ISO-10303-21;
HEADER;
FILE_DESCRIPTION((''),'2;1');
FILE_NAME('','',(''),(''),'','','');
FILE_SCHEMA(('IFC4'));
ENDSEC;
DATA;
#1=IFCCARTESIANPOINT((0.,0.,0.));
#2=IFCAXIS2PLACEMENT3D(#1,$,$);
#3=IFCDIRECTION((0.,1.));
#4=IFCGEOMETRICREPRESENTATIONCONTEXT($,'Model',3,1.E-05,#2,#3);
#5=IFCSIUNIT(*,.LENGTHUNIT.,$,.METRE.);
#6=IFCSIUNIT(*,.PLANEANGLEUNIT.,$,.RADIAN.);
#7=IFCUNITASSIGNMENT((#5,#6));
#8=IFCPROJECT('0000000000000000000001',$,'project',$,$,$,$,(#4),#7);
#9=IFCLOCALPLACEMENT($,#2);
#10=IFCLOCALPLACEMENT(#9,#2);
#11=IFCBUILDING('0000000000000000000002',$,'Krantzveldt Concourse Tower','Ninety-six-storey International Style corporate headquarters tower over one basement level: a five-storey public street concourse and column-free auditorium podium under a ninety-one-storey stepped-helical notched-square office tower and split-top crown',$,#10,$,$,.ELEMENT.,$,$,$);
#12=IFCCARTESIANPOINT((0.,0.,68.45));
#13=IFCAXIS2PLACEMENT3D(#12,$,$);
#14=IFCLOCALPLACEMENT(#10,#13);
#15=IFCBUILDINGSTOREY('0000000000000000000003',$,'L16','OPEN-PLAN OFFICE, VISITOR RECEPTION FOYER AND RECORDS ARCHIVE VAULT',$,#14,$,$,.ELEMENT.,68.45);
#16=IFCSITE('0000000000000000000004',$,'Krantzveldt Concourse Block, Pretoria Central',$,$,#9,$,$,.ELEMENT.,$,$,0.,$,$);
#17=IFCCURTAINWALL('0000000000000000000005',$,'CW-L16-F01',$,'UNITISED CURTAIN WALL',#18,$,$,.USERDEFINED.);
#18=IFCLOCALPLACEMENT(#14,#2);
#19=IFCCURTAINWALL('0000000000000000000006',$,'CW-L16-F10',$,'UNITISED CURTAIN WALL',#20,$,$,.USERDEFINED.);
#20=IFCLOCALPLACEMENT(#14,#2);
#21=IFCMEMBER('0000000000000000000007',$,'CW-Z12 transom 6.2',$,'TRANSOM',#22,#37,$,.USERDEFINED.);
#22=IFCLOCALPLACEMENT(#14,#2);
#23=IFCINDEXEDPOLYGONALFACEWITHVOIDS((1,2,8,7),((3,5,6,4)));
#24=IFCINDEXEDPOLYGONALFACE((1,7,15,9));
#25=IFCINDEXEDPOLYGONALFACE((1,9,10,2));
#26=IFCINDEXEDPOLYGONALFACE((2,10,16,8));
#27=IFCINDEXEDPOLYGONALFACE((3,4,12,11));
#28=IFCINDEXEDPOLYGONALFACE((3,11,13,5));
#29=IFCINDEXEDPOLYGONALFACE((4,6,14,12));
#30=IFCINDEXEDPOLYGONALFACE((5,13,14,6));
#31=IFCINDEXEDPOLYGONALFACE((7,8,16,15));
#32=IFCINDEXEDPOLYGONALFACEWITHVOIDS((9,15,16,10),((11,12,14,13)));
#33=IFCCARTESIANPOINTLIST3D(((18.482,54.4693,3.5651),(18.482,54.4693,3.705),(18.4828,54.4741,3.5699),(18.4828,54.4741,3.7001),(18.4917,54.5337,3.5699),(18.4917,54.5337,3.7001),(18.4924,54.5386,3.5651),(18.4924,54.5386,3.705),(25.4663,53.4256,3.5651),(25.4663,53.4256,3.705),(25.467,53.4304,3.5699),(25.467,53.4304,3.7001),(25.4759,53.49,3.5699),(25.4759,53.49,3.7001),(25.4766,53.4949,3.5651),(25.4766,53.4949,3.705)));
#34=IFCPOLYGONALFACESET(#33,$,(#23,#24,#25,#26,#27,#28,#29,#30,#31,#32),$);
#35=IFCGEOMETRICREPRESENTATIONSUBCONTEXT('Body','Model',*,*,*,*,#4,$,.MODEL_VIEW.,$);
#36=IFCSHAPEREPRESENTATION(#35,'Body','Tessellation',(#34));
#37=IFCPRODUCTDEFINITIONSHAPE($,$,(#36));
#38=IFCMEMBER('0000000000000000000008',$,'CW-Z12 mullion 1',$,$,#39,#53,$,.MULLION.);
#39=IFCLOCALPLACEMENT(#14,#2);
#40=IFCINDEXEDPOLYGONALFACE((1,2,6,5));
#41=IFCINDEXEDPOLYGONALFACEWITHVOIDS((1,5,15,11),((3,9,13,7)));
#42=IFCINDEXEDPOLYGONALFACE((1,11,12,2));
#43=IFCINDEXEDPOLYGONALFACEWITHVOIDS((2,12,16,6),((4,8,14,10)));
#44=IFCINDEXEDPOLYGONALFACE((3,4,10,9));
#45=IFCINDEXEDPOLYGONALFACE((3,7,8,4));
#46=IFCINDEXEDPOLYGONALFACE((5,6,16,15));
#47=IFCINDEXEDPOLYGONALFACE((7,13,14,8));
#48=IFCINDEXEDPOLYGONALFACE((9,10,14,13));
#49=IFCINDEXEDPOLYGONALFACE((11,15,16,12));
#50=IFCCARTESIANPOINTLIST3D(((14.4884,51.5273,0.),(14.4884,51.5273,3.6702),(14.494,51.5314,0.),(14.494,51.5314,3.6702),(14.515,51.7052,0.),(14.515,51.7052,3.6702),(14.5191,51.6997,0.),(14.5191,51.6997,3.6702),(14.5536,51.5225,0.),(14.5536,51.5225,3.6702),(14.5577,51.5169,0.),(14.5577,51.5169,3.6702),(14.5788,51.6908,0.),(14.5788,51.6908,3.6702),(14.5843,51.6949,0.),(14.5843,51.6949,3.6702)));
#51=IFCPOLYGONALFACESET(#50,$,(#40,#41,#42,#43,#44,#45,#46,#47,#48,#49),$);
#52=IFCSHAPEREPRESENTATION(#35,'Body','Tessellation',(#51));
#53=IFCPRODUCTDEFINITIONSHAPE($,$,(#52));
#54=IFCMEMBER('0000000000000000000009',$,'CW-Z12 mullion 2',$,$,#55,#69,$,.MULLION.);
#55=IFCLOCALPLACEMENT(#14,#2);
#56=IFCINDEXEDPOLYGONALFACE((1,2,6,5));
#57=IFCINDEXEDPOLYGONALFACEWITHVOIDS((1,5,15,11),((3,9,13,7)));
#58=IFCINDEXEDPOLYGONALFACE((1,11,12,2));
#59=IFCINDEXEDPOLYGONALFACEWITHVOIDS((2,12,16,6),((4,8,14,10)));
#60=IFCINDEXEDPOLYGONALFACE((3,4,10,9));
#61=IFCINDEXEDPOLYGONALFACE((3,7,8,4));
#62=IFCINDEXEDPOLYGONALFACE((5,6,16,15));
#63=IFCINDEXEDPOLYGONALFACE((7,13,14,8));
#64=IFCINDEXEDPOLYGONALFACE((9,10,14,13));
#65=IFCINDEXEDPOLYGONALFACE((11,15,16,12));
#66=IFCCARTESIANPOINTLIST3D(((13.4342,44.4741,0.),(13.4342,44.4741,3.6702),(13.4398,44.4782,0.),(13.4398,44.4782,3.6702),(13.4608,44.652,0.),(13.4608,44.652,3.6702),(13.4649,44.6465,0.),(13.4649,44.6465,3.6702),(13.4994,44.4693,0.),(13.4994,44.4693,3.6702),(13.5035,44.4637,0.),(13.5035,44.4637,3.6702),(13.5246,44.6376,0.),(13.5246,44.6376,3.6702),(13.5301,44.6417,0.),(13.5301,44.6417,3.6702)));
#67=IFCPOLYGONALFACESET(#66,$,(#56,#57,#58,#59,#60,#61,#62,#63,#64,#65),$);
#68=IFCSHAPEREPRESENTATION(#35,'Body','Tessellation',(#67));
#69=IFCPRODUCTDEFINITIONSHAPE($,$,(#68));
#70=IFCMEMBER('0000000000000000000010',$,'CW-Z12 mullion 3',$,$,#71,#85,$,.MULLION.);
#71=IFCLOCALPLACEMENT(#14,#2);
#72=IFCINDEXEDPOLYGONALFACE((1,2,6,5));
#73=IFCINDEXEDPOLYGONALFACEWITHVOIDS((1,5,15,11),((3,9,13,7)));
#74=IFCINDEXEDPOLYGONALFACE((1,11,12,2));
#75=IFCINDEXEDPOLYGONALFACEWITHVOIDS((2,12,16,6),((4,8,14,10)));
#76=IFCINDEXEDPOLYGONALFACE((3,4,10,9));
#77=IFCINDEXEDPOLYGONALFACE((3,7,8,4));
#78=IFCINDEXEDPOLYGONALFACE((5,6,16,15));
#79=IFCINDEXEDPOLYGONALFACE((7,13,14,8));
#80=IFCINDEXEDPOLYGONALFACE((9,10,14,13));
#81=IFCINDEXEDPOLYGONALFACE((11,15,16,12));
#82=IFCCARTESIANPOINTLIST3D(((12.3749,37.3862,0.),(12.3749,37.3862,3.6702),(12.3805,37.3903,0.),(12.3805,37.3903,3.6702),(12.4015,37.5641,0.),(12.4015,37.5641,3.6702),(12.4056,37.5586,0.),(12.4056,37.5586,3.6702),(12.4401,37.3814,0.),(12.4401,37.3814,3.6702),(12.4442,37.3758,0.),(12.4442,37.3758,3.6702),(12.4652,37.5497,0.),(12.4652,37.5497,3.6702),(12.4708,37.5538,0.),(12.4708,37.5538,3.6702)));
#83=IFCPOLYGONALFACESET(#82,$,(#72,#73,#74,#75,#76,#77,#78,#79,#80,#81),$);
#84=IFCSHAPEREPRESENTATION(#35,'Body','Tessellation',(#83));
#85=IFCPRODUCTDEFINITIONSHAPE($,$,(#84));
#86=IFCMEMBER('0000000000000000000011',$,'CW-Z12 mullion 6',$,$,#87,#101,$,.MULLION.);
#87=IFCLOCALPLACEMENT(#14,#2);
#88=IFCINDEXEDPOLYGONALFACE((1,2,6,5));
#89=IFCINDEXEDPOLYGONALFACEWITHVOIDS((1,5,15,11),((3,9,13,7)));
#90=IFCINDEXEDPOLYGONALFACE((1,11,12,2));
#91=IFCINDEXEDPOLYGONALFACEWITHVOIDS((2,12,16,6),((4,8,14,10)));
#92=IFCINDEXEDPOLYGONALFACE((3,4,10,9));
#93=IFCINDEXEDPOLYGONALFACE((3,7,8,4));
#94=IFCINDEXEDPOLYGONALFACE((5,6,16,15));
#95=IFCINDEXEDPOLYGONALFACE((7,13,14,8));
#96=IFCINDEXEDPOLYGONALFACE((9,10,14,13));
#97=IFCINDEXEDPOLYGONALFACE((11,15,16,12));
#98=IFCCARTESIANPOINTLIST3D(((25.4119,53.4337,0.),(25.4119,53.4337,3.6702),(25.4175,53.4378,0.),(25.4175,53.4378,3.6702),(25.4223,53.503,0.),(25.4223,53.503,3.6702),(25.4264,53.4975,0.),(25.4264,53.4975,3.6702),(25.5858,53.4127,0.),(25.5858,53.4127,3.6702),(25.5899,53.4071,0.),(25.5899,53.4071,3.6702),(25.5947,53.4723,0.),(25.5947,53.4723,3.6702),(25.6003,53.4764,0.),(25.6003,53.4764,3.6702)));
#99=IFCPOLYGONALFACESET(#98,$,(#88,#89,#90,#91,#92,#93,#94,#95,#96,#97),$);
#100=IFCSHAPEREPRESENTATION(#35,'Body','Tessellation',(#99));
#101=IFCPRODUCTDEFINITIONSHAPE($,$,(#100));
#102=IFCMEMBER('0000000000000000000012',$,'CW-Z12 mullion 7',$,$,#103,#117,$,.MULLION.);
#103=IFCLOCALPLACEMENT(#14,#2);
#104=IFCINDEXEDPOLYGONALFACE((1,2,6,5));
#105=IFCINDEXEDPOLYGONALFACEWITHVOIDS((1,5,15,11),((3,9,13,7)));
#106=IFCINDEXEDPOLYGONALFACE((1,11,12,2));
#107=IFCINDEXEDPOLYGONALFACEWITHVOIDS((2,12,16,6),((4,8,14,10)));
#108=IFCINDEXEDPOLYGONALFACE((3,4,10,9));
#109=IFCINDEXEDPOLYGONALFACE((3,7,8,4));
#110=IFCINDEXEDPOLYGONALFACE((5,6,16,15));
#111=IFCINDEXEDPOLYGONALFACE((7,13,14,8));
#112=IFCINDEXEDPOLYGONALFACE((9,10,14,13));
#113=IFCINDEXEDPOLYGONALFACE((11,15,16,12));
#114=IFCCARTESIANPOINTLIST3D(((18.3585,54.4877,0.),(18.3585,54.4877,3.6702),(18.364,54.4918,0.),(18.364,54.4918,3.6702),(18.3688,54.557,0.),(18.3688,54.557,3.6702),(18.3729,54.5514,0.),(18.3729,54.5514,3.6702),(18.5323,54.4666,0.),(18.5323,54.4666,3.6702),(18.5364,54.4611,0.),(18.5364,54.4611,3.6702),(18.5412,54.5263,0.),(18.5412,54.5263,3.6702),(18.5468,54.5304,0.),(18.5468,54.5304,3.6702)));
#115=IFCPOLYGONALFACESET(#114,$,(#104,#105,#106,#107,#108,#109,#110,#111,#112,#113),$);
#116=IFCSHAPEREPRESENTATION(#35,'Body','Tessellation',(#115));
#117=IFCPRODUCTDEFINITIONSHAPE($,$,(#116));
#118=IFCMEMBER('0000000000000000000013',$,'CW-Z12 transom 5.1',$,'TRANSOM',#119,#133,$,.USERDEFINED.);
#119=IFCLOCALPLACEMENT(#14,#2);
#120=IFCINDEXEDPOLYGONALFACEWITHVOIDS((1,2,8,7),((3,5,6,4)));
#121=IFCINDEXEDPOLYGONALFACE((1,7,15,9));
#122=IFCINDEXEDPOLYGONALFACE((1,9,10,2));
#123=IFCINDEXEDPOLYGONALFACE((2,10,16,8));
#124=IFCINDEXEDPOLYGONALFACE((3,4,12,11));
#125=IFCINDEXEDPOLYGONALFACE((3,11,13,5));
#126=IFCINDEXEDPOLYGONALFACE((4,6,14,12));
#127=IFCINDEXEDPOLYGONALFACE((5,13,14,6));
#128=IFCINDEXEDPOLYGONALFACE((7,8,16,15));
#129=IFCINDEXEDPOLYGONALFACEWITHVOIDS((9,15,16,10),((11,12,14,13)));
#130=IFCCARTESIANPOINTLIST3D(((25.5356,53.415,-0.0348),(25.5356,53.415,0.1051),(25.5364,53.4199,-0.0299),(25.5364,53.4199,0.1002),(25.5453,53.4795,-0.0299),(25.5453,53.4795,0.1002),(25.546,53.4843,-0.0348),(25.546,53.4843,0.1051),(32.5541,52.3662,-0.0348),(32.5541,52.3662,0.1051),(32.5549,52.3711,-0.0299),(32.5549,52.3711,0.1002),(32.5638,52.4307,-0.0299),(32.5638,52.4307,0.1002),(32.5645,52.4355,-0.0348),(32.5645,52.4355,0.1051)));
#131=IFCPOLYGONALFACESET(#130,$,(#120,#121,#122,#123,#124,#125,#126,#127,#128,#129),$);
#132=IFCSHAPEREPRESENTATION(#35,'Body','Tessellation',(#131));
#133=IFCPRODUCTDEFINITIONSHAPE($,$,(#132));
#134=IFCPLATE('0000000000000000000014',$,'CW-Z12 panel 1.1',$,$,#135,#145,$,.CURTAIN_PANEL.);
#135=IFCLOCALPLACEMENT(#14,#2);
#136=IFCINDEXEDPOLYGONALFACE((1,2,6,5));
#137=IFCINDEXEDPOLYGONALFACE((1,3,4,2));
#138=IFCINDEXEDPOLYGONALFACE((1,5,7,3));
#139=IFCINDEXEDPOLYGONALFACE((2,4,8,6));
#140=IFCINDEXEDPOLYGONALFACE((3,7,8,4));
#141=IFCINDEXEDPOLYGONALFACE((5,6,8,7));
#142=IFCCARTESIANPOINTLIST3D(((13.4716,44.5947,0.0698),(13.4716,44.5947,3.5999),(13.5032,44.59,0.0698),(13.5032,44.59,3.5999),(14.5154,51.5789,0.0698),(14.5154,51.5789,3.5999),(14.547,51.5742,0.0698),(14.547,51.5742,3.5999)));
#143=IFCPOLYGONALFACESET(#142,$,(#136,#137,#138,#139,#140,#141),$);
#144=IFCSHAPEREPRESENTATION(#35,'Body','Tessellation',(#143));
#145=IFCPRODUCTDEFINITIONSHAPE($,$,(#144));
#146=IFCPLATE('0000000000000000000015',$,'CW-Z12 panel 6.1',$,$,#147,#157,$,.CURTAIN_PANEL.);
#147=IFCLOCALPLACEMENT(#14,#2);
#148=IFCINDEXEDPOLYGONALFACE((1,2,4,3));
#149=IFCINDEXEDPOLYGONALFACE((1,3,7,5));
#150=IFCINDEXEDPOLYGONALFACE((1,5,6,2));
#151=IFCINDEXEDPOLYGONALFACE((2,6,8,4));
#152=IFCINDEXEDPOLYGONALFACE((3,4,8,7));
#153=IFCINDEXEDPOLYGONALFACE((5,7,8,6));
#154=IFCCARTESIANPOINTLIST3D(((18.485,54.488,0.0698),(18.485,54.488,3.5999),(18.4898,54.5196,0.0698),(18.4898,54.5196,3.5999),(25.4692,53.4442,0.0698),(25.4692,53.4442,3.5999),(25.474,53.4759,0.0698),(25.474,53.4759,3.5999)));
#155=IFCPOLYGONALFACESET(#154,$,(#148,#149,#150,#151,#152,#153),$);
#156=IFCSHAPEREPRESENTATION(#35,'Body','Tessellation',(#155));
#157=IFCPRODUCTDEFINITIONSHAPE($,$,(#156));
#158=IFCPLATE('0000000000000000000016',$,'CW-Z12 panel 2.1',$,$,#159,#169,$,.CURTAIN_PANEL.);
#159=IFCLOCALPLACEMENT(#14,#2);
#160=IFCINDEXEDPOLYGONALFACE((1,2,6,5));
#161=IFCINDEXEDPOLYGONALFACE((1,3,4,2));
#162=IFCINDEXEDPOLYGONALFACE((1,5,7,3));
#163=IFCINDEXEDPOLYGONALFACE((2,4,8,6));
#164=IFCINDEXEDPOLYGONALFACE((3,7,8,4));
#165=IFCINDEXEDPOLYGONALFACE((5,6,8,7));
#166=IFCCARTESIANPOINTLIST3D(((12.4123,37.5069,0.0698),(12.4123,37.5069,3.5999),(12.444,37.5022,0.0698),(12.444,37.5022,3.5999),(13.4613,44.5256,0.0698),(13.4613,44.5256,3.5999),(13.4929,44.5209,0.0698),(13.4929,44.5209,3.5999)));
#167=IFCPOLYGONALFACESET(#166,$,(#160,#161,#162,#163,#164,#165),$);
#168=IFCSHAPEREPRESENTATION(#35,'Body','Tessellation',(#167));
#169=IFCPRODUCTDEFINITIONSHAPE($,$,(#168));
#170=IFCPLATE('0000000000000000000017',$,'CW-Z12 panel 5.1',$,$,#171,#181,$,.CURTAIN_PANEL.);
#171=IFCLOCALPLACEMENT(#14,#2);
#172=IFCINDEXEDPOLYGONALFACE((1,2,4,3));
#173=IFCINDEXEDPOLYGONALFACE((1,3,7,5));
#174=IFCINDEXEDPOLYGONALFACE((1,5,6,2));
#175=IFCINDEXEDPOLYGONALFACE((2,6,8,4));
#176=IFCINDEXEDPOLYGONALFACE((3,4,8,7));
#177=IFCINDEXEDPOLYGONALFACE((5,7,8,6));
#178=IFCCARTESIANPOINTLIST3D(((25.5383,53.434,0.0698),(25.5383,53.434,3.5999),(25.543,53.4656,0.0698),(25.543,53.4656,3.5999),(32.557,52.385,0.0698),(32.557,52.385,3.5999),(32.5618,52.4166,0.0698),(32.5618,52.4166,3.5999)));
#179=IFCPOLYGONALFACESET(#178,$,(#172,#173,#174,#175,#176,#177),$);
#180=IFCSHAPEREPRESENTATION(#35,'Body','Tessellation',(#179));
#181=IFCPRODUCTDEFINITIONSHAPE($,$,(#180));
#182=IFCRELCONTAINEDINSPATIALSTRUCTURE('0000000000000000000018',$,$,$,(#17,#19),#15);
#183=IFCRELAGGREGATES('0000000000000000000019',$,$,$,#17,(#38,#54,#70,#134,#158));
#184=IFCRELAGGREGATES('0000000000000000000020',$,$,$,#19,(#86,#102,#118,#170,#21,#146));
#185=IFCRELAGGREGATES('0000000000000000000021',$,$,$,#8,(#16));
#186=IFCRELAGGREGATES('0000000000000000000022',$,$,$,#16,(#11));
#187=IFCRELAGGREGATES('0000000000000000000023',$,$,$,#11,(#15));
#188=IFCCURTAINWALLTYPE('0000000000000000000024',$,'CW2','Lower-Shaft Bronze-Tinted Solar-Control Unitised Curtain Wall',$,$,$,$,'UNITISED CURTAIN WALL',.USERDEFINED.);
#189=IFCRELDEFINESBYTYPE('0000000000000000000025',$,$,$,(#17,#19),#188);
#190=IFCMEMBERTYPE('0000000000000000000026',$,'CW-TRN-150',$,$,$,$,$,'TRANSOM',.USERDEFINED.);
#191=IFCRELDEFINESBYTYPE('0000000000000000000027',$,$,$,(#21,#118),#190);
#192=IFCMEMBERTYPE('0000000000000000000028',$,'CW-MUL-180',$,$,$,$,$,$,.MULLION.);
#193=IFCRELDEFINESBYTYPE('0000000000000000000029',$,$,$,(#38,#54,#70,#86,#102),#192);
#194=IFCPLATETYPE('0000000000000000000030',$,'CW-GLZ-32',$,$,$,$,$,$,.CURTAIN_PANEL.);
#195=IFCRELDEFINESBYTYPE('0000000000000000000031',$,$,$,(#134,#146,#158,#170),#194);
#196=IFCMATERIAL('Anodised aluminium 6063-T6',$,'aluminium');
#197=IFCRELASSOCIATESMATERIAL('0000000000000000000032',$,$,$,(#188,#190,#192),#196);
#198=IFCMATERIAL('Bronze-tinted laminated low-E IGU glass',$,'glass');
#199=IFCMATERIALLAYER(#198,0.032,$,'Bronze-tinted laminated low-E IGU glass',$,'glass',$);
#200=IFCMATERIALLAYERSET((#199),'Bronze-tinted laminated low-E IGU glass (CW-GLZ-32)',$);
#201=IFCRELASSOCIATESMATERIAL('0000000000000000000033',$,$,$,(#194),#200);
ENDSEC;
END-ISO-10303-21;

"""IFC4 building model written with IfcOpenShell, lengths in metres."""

from ifc_helpers import new_model, si_unit, direction, frame, origin, origin_2d, place, context, subcontext, project, spatial, rectangle, hollow_rectangle, extrude, source, transform, mapped, material, layer, layer_set, material_profile, profile_set, type_object, type_shapes, element, aggregate, save


model = new_model("IFC4")

# Units and contexts
model_context = context("Model", 3, precision=1e-05, world=origin(), true_north=direction((0.0, 1.0)))
body_context = subcontext(model_context, "Body", "Model", "MODEL_VIEW")
ifc_project = project(units=[si_unit("LENGTHUNIT", "METRE"), si_unit("PLANEANGLEUNIT", "RADIAN")], contexts=[model_context])

# Site, building, storey
site_placement = place(None, origin())
site = spatial("IfcSite", under=ifc_project, at=site_placement, Name="Krantzveldt Concourse Block, Pretoria Central", CompositionType="ELEMENT", RefElevation=0.0)
building_placement = place(site_placement, origin())
building = spatial("IfcBuilding", under=site, at=building_placement, Name="Krantzveldt Concourse Tower", Description="Ninety-six-storey International Style corporate headquarters tower over one basement level: a five-storey public street concourse and column-free auditorium podium under a ninety-one-storey stepped-helical notched-square office tower and split-top crown", CompositionType="ELEMENT")
storey_placement = place(building_placement, frame((0.0, 0.0, 68.45)))
storey = spatial("IfcBuildingStorey", under=building, at=storey_placement, Name="L16", Description="OPEN-PLAN OFFICE, VISITOR RECEPTION FOYER AND RECORDS ARCHIVE VAULT", CompositionType="ELEMENT", Elevation=68.45)

# Curtain walls, member
ifc_material_1 = material(Name="Anodised aluminium 6063-T6", Category="aluminium")
curtain_wall_type = type_object("IfcCurtainWallType", Name="CW2", Description="Lower-Shaft Bronze-Tinted Solar-Control Unitised Curtain Wall", ElementType="UNITISED CURTAIN WALL", PredefinedType="USERDEFINED", material=ifc_material_1)
curtain_wall_1_placement = place(storey_placement, origin())
curtain_wall_1 = element("IfcCurtainWall", 1, at=curtain_wall_1_placement, inside=storey, type_object=curtain_wall_type, Name="CW-L16-F01", ObjectType="UNITISED CURTAIN WALL", PredefinedType="USERDEFINED")
ifc_material_profile_1 = material_profile(ifc_material_1, hollow_rectangle(XDim=0.0701, YDim=0.1399, WallThickness=0.0049, at=origin_2d()), Name="Anodised aluminium 6063-T6", Category="aluminium")
ifc_profile_set_1 = profile_set([ifc_material_profile_1], Name="Anodised aluminium 6063-T6 - ALU-TRAN 140x70x5")
member_type_1 = type_object("IfcMemberType", Name="CW-TRN-150", ElementType="TRANSOM", PredefinedType="USERDEFINED", material=ifc_profile_set_1)
shared_shape_1 = source(origin(), body_context, "Body", "SweptSolid", [
    extrude(hollow_rectangle(XDim=0.0701, YDim=0.1399, WallThickness=0.0049, at=origin_2d()), origin(), (0.0, 0.0, 1.0), 7.0618),
])
curtain_wall_2_placement = place(storey_placement, origin())
curtain_wall_2 = element("IfcCurtainWall", 2, at=curtain_wall_2_placement, inside=storey, type_object=curtain_wall_type, Name="CW-L16-F10", ObjectType="UNITISED CURTAIN WALL", PredefinedType="USERDEFINED")
member_1_placement = place(storey_placement, frame((25.4714, 53.4602, 3.635), z_axis=(-0.989018, 0.147798, 0.0), x_axis=(-0.147798, -0.989018, 0.0)))
member_1 = element("IfcMember", 3, at=member_1_placement, type_object=member_type_1, Name="CW-Z12 transom 6.2", ObjectType="TRANSOM", PredefinedType="USERDEFINED", context=body_context, shape_type="MappedRepresentation", body=[
    mapped(shared_shape_1, transform((0.0, 0.0, 0.0), x_axis=(1.0, 0.0, 0.0), y_axis=(0.0, 1.0, 0.0), z_axis=(0.0, 0.0, 1.0), scale=1.0)),
])

# Members
ifc_material_profile_2 = material_profile(ifc_material_1, hollow_rectangle(XDim=0.0701, YDim=0.1799, WallThickness=0.0049, at=origin_2d()), Name="Anodised aluminium 6063-T6", Category="aluminium")
ifc_profile_set_2 = profile_set([ifc_material_profile_2], Name="Anodised aluminium 6063-T6 - ALU-MULL 180x70x5")
member_type_2 = type_object("IfcMemberType", Name="CW-MUL-180", PredefinedType="MULLION", material=ifc_profile_set_2)
shared_shape_2 = source(origin(), body_context, "Body", "SweptSolid", [
    extrude(hollow_rectangle(XDim=0.0701, YDim=0.1799, WallThickness=0.0049, at=origin_2d()), origin(), (0.0, 0.0, 1.0), 3.6702),
])
type_shapes(member_type_2, [shared_shape_2])
member_2_placement = place(storey_placement, frame((14.5364, 51.6111, 0.0), z_axis=(0.0, 0.0, 1.0), x_axis=(0.989016, -0.14781, 0.0)))
member_2 = element("IfcMember", 4, at=member_2_placement, type_object=member_type_2, Name="CW-Z12 mullion 1", PredefinedType="MULLION", context=body_context, shape_type="MappedRepresentation", body=[
    mapped(shared_shape_2, transform((0.0, 0.0, 0.0), x_axis=(1.0, 0.0, 0.0), y_axis=(0.0, 1.0, 0.0), z_axis=(0.0, 0.0, 1.0), scale=1.0)),
])
member_3_placement = place(storey_placement, frame((13.4822, 44.5579, 0.0), z_axis=(0.0, 0.0, 1.0), x_axis=(0.989016, -0.14781, 0.0)))
member_3 = element("IfcMember", 5, at=member_3_placement, type_object=member_type_2, Name="CW-Z12 mullion 2", PredefinedType="MULLION", context=body_context, shape_type="MappedRepresentation", body=[
    mapped(shared_shape_2, transform((0.0, 0.0, 0.0), x_axis=(1.0, 0.0, 0.0), y_axis=(0.0, 1.0, 0.0), z_axis=(0.0, 0.0, 1.0), scale=1.0)),
])
member_4_placement = place(storey_placement, frame((12.4229, 37.47, 0.0), z_axis=(0.0, 0.0, 1.0), x_axis=(0.989016, -0.14781, 0.0)))
member_4 = element("IfcMember", 6, at=member_4_placement, type_object=member_type_2, Name="CW-Z12 mullion 3", PredefinedType="MULLION", context=body_context, shape_type="MappedRepresentation", body=[
    mapped(shared_shape_2, transform((0.0, 0.0, 0.0), x_axis=(1.0, 0.0, 0.0), y_axis=(0.0, 1.0, 0.0), z_axis=(0.0, 0.0, 1.0), scale=1.0)),
])
member_5_placement = place(storey_placement, frame((25.5061, 53.4551, 0.0), z_axis=(0.0, 0.0, 1.0), x_axis=(-0.14781, -0.989016, 0.0)))
member_5 = element("IfcMember", 7, at=member_5_placement, type_object=member_type_2, Name="CW-Z12 mullion 6", PredefinedType="MULLION", context=body_context, shape_type="MappedRepresentation", body=[
    mapped(shared_shape_2, transform((0.0, 0.0, 0.0), x_axis=(1.0, 0.0, 0.0), y_axis=(0.0, 1.0, 0.0), z_axis=(0.0, 0.0, 1.0), scale=1.0)),
])
member_6_placement = place(storey_placement, frame((18.4526, 54.509, 0.0), z_axis=(0.0, 0.0, 1.0), x_axis=(-0.14781, -0.989016, 0.0)))
member_6 = element("IfcMember", 8, at=member_6_placement, type_object=member_type_2, Name="CW-Z12 mullion 7", PredefinedType="MULLION", context=body_context, shape_type="MappedRepresentation", body=[
    mapped(shared_shape_2, transform((0.0, 0.0, 0.0), x_axis=(1.0, 0.0, 0.0), y_axis=(0.0, 1.0, 0.0), z_axis=(0.0, 0.0, 1.0), scale=1.0)),
])
shared_shape_3 = source(origin(), body_context, "Body", "SweptSolid", [
    extrude(hollow_rectangle(XDim=0.0701, YDim=0.1399, WallThickness=0.0049, at=origin_2d()), origin(), (0.0, 0.0, 1.0), 7.0964),
])
member_7_placement = place(storey_placement, frame((32.5593, 52.4009, 0.0352), z_axis=(-0.989018, 0.147795, 0.0), x_axis=(-0.147795, -0.989018, 0.0)))
member_7 = element("IfcMember", 9, at=member_7_placement, type_object=member_type_1, Name="CW-Z12 transom 5.1", ObjectType="TRANSOM", PredefinedType="USERDEFINED", context=body_context, shape_type="MappedRepresentation", body=[
    mapped(shared_shape_3, transform((0.0, 0.0, 0.0), x_axis=(1.0, 0.0, 0.0), y_axis=(0.0, 1.0, 0.0), z_axis=(0.0, 0.0, 1.0), scale=1.0)),
])

# Plates
ifc_material_2 = material(Name="Bronze-tinted laminated low-E IGU glass", Category="glass")
ifc_layer_1 = layer(ifc_material_2, 0.032, Name="Bronze-tinted laminated low-E IGU glass", Category="glass")
ifc_layer_set_1 = layer_set([ifc_layer_1], Name="Bronze-tinted laminated low-E IGU glass (CW-GLZ-32)")
plate_type = type_object("IfcPlateType", Name="CW-GLZ-32", PredefinedType="CURTAIN_PANEL", material=ifc_layer_set_1)
shared_shape_4 = source(origin(), body_context, "Body", "SweptSolid", [
    extrude(rectangle(XDim=7.0618, YDim=0.032, at=origin_2d()), origin(), (0.0, 0.0, 1.0), 3.53),
])
plate_1_placement = place(storey_placement, frame((14.0093, 48.0845, 0.0698), z_axis=(0.0, 0.0, 1.0), x_axis=(-0.14781, -0.989016, 0.0)))
plate_1 = element("IfcPlate", 10, at=plate_1_placement, type_object=plate_type, Name="CW-Z12 panel 1.1", PredefinedType="CURTAIN_PANEL", context=body_context, shape_type="MappedRepresentation", body=[
    mapped(shared_shape_4, transform((0.0, 0.0, 0.0), x_axis=(1.0, 0.0, 0.0), y_axis=(0.0, 1.0, 0.0), z_axis=(0.0, 0.0, 1.0), scale=1.0)),
])
plate_2_placement = place(storey_placement, frame((21.9795, 53.9819, 0.0698), z_axis=(0.0, 0.0, 1.0), x_axis=(-0.989016, 0.14781, 0.0)))
plate_2 = element("IfcPlate", 11, at=plate_2_placement, type_object=plate_type, Name="CW-Z12 panel 6.1", PredefinedType="CURTAIN_PANEL", context=body_context, shape_type="MappedRepresentation", body=[
    mapped(shared_shape_4, transform((0.0, 0.0, 0.0), x_axis=(1.0, 0.0, 0.0), y_axis=(0.0, 1.0, 0.0), z_axis=(0.0, 0.0, 1.0), scale=1.0)),
])
shared_shape_5 = source(origin(), body_context, "Body", "SweptSolid", [
    extrude(rectangle(XDim=7.0967, YDim=0.032, at=origin_2d()), origin(), (0.0, 0.0, 1.0), 3.53),
])
type_shapes(plate_type, [shared_shape_4, shared_shape_5])
plate_3_placement = place(storey_placement, frame((12.9526, 41.0139, 0.0698), z_axis=(0.0, 0.0, 1.0), x_axis=(-0.14781, -0.989016, 0.0)))
plate_3 = element("IfcPlate", 12, at=plate_3_placement, type_object=plate_type, Name="CW-Z12 panel 2.1", PredefinedType="CURTAIN_PANEL", context=body_context, shape_type="MappedRepresentation", body=[
    mapped(shared_shape_5, transform((0.0, 0.0, 0.0), x_axis=(1.0, 0.0, 0.0), y_axis=(0.0, 1.0, 0.0), z_axis=(0.0, 0.0, 1.0), scale=1.0)),
])
aggregate(curtain_wall_1, [member_2, member_3, member_4, plate_1, plate_3])
plate_4_placement = place(storey_placement, frame((29.05, 52.9253, 0.0698), z_axis=(0.0, 0.0, 1.0), x_axis=(-0.989016, 0.14781, 0.0)))
plate_4 = element("IfcPlate", 13, at=plate_4_placement, type_object=plate_type, Name="CW-Z12 panel 5.1", PredefinedType="CURTAIN_PANEL", context=body_context, shape_type="MappedRepresentation", body=[
    mapped(shared_shape_5, transform((0.0, 0.0, 0.0), x_axis=(1.0, 0.0, 0.0), y_axis=(0.0, 1.0, 0.0), z_axis=(0.0, 0.0, 1.0), scale=1.0)),
])
aggregate(curtain_wall_2, [member_5, member_6, member_7, plate_4, member_1, plate_2])

save(model, "model.ifc")
